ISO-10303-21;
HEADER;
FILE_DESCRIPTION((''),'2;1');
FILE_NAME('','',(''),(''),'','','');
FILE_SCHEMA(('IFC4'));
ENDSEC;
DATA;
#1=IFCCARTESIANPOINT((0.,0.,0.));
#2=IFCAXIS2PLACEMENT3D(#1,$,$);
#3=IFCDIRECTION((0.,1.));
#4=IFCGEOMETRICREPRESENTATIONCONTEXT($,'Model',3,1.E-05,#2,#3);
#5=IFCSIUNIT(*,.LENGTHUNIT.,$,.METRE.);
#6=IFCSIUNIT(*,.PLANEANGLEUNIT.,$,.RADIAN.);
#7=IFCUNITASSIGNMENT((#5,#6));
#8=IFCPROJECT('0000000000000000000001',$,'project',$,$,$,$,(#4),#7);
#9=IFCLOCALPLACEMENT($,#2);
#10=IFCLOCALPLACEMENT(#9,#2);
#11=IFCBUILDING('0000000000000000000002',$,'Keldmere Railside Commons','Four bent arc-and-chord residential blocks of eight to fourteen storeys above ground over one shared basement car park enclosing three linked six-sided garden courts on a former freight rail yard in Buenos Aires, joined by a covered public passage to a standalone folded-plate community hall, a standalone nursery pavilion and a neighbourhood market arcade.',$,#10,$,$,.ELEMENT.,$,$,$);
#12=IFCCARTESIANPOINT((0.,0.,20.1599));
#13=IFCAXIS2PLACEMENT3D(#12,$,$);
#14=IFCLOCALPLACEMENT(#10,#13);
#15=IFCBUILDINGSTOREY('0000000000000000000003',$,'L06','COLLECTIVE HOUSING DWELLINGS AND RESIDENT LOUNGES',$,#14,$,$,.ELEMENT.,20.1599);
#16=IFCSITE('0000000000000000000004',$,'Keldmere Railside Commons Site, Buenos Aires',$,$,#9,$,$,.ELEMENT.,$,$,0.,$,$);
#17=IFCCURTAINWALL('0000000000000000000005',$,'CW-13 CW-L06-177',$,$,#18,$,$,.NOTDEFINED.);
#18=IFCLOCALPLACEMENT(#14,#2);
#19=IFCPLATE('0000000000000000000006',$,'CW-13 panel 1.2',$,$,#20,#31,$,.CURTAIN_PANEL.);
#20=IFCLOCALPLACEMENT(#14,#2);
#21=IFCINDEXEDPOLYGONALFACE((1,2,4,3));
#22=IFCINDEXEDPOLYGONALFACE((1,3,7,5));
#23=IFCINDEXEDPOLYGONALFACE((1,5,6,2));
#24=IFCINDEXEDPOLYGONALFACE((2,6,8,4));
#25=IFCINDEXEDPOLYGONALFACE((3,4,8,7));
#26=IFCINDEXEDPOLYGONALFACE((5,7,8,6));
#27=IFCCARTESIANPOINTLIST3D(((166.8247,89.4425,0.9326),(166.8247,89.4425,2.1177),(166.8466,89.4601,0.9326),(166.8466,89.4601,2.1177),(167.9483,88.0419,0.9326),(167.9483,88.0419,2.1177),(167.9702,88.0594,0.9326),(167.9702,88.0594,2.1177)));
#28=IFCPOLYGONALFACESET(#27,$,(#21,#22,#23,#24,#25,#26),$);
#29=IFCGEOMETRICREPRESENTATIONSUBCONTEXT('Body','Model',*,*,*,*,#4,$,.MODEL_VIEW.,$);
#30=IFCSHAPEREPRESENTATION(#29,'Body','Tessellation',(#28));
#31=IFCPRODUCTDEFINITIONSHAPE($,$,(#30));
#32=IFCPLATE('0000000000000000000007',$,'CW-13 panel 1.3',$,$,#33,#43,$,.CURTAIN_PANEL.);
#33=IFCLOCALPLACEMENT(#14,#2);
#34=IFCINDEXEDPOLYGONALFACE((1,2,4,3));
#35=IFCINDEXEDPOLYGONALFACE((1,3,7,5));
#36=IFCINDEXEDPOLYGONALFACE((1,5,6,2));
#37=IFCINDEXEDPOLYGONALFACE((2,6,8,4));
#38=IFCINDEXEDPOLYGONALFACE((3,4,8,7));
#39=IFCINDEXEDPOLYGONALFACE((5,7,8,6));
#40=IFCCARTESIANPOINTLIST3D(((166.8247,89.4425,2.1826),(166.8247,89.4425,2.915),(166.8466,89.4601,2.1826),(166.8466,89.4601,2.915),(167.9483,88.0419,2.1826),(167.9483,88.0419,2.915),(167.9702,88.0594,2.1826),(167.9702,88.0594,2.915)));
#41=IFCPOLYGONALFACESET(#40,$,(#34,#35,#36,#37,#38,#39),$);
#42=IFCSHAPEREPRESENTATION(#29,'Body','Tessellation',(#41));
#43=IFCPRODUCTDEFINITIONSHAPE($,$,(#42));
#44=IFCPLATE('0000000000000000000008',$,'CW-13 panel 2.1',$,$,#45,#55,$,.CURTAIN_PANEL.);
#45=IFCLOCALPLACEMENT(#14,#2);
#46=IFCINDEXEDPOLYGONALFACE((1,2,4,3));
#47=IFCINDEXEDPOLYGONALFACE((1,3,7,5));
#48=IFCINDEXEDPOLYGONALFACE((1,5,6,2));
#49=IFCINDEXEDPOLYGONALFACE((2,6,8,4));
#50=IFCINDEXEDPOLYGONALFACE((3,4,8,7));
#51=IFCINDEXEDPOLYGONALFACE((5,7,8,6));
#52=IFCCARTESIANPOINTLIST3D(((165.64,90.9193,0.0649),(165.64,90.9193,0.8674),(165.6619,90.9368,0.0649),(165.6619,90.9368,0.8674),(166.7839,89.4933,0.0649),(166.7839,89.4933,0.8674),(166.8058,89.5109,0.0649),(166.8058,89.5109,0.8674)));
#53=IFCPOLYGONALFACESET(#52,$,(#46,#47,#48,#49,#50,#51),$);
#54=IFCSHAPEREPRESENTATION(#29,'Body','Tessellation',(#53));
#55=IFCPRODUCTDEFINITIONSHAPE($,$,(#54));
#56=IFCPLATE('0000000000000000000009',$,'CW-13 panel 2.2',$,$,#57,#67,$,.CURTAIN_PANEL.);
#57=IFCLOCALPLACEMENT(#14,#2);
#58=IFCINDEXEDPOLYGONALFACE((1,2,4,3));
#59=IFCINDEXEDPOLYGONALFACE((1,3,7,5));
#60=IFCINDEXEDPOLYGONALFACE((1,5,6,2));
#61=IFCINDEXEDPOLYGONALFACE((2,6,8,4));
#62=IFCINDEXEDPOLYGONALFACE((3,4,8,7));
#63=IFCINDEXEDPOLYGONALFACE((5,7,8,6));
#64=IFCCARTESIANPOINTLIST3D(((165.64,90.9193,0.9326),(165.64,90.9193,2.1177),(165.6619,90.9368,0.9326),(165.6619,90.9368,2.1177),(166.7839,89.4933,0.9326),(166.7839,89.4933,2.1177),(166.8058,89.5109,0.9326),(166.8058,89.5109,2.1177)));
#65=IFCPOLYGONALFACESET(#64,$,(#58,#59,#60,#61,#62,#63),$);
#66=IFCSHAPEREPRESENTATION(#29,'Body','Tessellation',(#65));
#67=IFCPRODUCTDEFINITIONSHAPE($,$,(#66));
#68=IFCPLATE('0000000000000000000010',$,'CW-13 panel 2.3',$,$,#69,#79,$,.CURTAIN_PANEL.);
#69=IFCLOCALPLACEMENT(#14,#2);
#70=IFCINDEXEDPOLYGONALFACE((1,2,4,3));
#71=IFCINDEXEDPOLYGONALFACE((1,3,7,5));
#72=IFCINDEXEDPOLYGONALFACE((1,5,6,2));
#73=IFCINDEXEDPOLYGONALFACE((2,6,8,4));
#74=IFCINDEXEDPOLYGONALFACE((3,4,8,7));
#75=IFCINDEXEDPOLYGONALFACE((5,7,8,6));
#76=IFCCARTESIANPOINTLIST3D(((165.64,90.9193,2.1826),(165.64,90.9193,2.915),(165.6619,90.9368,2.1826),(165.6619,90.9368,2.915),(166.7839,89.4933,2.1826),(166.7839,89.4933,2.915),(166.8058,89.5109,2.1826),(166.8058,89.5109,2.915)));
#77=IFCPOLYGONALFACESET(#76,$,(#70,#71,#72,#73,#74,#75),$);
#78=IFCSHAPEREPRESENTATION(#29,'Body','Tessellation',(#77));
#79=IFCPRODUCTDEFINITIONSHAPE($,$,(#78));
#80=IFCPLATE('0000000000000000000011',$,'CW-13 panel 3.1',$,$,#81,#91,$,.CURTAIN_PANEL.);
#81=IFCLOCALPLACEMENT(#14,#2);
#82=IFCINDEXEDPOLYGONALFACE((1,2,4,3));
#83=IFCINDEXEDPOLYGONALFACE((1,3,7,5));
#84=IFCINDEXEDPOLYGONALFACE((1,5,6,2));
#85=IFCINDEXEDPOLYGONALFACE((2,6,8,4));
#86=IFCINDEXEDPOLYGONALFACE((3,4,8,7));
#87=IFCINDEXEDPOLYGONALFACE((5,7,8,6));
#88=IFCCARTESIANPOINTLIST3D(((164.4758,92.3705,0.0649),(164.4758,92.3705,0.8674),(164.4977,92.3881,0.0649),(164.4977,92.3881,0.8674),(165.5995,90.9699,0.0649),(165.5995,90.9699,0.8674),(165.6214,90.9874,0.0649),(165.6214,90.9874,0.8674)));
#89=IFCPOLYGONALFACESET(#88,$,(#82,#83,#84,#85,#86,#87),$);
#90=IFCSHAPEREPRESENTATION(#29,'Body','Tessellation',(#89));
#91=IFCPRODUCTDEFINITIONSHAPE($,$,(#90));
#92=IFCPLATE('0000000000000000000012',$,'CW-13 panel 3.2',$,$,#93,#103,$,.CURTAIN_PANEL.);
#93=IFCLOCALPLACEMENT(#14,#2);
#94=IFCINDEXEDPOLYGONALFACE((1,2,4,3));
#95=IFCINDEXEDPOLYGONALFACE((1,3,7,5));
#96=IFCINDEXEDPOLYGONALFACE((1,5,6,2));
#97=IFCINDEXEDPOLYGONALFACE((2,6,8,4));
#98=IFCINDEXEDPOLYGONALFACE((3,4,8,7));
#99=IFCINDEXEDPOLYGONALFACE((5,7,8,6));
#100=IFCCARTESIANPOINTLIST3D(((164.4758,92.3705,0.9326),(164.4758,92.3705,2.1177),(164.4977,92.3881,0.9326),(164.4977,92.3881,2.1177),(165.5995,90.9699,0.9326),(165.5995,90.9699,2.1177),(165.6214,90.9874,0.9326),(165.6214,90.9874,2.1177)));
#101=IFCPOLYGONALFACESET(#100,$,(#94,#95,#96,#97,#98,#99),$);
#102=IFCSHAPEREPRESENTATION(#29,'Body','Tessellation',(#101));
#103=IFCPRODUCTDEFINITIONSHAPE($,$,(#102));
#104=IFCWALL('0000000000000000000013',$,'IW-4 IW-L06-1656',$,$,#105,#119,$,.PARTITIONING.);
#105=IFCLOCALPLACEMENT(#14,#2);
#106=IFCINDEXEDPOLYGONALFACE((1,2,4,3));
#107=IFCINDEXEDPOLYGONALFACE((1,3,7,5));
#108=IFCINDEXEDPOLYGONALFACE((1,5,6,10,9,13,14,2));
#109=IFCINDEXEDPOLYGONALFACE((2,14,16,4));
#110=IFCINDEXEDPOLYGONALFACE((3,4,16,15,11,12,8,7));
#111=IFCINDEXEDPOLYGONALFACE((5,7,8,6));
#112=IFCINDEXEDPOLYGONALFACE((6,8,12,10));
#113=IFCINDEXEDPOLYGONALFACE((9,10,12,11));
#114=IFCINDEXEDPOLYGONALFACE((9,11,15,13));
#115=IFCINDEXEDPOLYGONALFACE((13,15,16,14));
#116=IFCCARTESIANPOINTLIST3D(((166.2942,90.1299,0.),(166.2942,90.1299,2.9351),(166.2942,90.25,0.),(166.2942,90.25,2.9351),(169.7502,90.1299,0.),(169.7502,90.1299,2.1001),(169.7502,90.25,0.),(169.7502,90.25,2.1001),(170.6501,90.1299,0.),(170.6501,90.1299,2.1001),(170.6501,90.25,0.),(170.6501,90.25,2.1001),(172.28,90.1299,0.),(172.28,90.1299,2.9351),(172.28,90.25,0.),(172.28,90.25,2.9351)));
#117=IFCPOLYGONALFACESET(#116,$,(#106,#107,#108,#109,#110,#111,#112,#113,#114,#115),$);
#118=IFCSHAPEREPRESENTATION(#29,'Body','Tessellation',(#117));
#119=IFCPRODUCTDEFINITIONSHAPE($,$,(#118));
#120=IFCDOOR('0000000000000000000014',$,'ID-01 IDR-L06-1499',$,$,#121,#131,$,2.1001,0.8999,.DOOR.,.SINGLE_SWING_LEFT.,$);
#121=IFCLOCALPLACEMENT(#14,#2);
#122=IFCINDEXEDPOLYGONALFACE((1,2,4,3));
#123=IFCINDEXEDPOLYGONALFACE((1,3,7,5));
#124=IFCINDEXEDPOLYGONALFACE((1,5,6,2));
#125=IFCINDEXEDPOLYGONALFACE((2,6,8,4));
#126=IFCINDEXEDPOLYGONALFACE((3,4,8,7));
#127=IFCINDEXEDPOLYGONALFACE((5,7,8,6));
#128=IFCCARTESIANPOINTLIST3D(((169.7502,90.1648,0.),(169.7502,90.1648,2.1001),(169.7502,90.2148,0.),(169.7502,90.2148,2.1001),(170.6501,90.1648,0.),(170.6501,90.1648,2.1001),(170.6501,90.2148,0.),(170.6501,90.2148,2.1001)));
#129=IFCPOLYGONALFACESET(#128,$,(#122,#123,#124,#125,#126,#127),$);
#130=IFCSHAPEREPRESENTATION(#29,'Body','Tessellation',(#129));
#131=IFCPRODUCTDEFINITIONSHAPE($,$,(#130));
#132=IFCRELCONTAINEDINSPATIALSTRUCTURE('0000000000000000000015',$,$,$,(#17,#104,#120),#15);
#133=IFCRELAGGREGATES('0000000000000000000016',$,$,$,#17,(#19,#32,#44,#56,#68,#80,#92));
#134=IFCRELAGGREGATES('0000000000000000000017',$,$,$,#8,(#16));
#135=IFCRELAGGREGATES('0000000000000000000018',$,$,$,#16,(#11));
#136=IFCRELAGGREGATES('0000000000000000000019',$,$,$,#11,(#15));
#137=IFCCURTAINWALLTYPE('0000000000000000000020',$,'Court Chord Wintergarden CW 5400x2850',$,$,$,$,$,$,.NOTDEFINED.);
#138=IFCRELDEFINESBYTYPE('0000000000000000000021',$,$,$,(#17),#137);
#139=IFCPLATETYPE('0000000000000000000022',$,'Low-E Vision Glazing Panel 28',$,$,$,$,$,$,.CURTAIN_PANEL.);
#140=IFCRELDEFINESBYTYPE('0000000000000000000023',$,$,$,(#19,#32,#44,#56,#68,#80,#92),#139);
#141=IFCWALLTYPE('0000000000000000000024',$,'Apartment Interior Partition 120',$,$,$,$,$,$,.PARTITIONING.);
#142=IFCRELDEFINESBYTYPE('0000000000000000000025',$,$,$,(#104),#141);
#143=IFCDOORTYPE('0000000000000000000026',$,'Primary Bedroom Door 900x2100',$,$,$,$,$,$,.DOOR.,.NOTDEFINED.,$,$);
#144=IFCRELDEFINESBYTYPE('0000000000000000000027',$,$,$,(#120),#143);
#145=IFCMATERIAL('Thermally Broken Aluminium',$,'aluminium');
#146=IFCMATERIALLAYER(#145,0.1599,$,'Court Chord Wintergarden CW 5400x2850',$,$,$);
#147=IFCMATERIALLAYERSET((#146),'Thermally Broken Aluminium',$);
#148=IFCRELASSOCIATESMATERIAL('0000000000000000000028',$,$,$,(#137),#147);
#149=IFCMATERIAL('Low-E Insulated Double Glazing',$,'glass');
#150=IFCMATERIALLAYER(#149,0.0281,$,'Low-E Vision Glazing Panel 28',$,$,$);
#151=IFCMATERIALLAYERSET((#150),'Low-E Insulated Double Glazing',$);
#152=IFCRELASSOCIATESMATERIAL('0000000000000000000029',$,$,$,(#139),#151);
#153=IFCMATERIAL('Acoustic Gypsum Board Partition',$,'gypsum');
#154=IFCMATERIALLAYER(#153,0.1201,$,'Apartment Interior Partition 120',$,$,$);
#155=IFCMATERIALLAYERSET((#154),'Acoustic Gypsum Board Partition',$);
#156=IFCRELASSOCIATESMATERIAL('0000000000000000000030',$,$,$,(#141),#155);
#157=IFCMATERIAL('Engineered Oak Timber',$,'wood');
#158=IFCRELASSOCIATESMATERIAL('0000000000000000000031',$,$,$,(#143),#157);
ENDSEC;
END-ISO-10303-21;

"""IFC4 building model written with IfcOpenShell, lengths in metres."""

from ifc_helpers import new_model, si_unit, direction, frame, frame_2d, origin, origin_2d, place, context, subcontext, project, spatial, rectangle, extrude, material, layer, layer_set, type_object, element, fill, aggregate, save


model = new_model("IFC4")

# Units and contexts
model_context = context("Model", 3, precision=1e-05, world=origin(), true_north=direction((0.0, 1.0)))
body_context = subcontext(model_context, "Body", "Model", "MODEL_VIEW")
ifc_project = project(units=[si_unit("LENGTHUNIT", "METRE"), si_unit("PLANEANGLEUNIT", "RADIAN")], contexts=[model_context])

# Site, building, storey
site_placement = place(None, origin())
site = spatial("IfcSite", under=ifc_project, at=site_placement, Name="Keldmere Railside Commons Site, Buenos Aires", CompositionType="ELEMENT", RefElevation=0.0)
building_placement = place(site_placement, origin())
building = spatial("IfcBuilding", under=site, at=building_placement, Name="Keldmere Railside Commons", Description="Four bent arc-and-chord residential blocks of eight to fourteen storeys above ground over one shared basement car park enclosing three linked six-sided garden courts on a former freight rail yard in Buenos Aires, joined by a covered public passage to a standalone folded-plate community hall, a standalone nursery pavilion and a neighbourhood market arcade.", CompositionType="ELEMENT")
storey_placement = place(building_placement, frame((0.0, 0.0, 20.1599)))
storey = spatial("IfcBuildingStorey", under=building, at=storey_placement, Name="L06", Description="COLLECTIVE HOUSING DWELLINGS AND RESIDENT LOUNGES", CompositionType="ELEMENT", Elevation=20.1599)

# Curtain wall, plates
ifc_material_1 = material(Name="Thermally Broken Aluminium", Category="aluminium")
ifc_layer_1 = layer(ifc_material_1, 0.1599, Name="Court Chord Wintergarden CW 5400x2850")
ifc_layer_set_1 = layer_set([ifc_layer_1], Name="Thermally Broken Aluminium")
curtain_wall_type = type_object("IfcCurtainWallType", Name="Court Chord Wintergarden CW 5400x2850", PredefinedType="NOTDEFINED", material=ifc_layer_set_1)
curtain_wall_placement = place(storey_placement, origin())
curtain_wall = element("IfcCurtainWall", 1, at=curtain_wall_placement, inside=storey, type_object=curtain_wall_type, Name="CW-13 CW-L06-177", PredefinedType="NOTDEFINED")
ifc_material_2 = material(Name="Low-E Insulated Double Glazing", Category="glass")
ifc_layer_2 = layer(ifc_material_2, 0.0281, Name="Low-E Vision Glazing Panel 28")
ifc_layer_set_2 = layer_set([ifc_layer_2], Name="Low-E Insulated Double Glazing")
plate_type = type_object("IfcPlateType", Name="Low-E Vision Glazing Panel 28", PredefinedType="CURTAIN_PANEL", material=ifc_layer_set_2)
plate_1_placement = place(storey_placement, frame((167.3975, 88.751, 0.9326), z_axis=(0.0, 0.0, 1.0), x_axis=(-0.625768, 0.780009, 0.0)))
plate_1 = element("IfcPlate", 2, at=plate_1_placement, type_object=plate_type, Name="CW-13 panel 1.2", PredefinedType="CURTAIN_PANEL", context=body_context, shape_type="SweptSolid", body=[
    extrude(rectangle(XDim=1.7957, YDim=0.0281, at=origin_2d()), origin(), (0.0, 0.0, 1.0), 1.1851),
])
plate_2_placement = place(storey_placement, frame((167.3975, 88.751, 2.1826), z_axis=(0.0, 0.0, 1.0), x_axis=(-0.625768, 0.780009, 0.0)))
plate_2 = element("IfcPlate", 3, at=plate_2_placement, type_object=plate_type, Name="CW-13 panel 1.3", PredefinedType="CURTAIN_PANEL", context=body_context, shape_type="SweptSolid", body=[
    extrude(rectangle(XDim=1.7957, YDim=0.0281, at=origin_2d()), origin(), (0.0, 0.0, 1.0), 0.7324),
])
plate_3_placement = place(storey_placement, frame((166.2229, 90.2151, 0.0649), z_axis=(0.0, 0.0, 1.0), x_axis=(-0.625768, 0.780009, 0.0)))
plate_3 = element("IfcPlate", 4, at=plate_3_placement, type_object=plate_type, Name="CW-13 panel 2.1", PredefinedType="CURTAIN_PANEL", context=body_context, shape_type="SweptSolid", body=[
    extrude(rectangle(XDim=1.8281, YDim=0.0281, at=origin_2d()), origin(), (0.0, 0.0, 1.0), 0.8025),
])
plate_4_placement = place(storey_placement, frame((166.2229, 90.2151, 0.9326), z_axis=(0.0, 0.0, 1.0), x_axis=(-0.625768, 0.780009, 0.0)))
plate_4 = element("IfcPlate", 5, at=plate_4_placement, type_object=plate_type, Name="CW-13 panel 2.2", PredefinedType="CURTAIN_PANEL", context=body_context, shape_type="SweptSolid", body=[
    extrude(rectangle(XDim=1.8281, YDim=0.0281, at=origin_2d()), origin(), (0.0, 0.0, 1.0), 1.1851),
])
plate_5_placement = place(storey_placement, frame((166.2229, 90.2151, 2.1826), z_axis=(0.0, 0.0, 1.0), x_axis=(-0.625768, 0.780009, 0.0)))
plate_5 = element("IfcPlate", 6, at=plate_5_placement, type_object=plate_type, Name="CW-13 panel 2.3", PredefinedType="CURTAIN_PANEL", context=body_context, shape_type="SweptSolid", body=[
    extrude(rectangle(XDim=1.8281, YDim=0.0281, at=origin_2d()), origin(), (0.0, 0.0, 1.0), 0.7324),
])
plate_6_placement = place(storey_placement, frame((165.0486, 91.679, 0.0649), z_axis=(0.0, 0.0, 1.0), x_axis=(-0.625768, 0.780009, 0.0)))
plate_6 = element("IfcPlate", 7, at=plate_6_placement, type_object=plate_type, Name="CW-13 panel 3.1", PredefinedType="CURTAIN_PANEL", context=body_context, shape_type="SweptSolid", body=[
    extrude(rectangle(XDim=1.7957, YDim=0.0281, at=origin_2d()), origin(), (0.0, 0.0, 1.0), 0.8025),
])
plate_7_placement = place(storey_placement, frame((165.0486, 91.679, 0.9326), z_axis=(0.0, 0.0, 1.0), x_axis=(-0.625768, 0.780009, 0.0)))
plate_7 = element("IfcPlate", 8, at=plate_7_placement, type_object=plate_type, Name="CW-13 panel 3.2", PredefinedType="CURTAIN_PANEL", context=body_context, shape_type="SweptSolid", body=[
    extrude(rectangle(XDim=1.7957, YDim=0.0281, at=origin_2d()), origin(), (0.0, 0.0, 1.0), 1.1851),
])
aggregate(curtain_wall, [plate_1, plate_2, plate_3, plate_4, plate_5, plate_6, plate_7])

# Wall, opening, door
ifc_material_3 = material(Name="Acoustic Gypsum Board Partition", Category="gypsum")
ifc_layer_3 = layer(ifc_material_3, 0.1201, Name="Apartment Interior Partition 120")
ifc_layer_set_3 = layer_set([ifc_layer_3], Name="Acoustic Gypsum Board Partition")
wall_type = type_object("IfcWallType", Name="Apartment Interior Partition 120", PredefinedType="PARTITIONING", material=ifc_layer_set_3)
wall_placement = place(storey_placement, frame((166.2942, 90.1899, 0.0), z_axis=(0.0, 0.0, 1.0), x_axis=(1.0, 0.0, 0.0)))
wall = element("IfcWall", 9, at=wall_placement, inside=storey, type_object=wall_type, Name="IW-4 IW-L06-1656", PredefinedType="PARTITIONING", context=body_context, shape_type="SweptSolid", body=[
    extrude(rectangle(XDim=5.9858, YDim=0.1201, at=frame_2d((2.9929, 0.0))), origin(), (0.0, 0.0, 1.0), 2.9351),
])
opening_placement = place(wall_placement, frame((3.4561, 0.0, 0.0)))
opening = element("IfcOpeningElement", 10, at=opening_placement, cuts=wall, PredefinedType="OPENING", context=body_context, shape_type="SweptSolid", body=[
    extrude(rectangle(XDim=0.8999, YDim=2.1001, at=frame_2d((0.45, 1.05))), frame((0.0, 0.0701, 0.0), z_axis=(0.0, -1.0, 0.0), x_axis=(1.0, 0.0, 0.0)), (0.0, 0.0, 1.0), 0.1401),
])
ifc_material_4 = material(Name="Engineered Oak Timber", Category="wood")
door_type = type_object("IfcDoorType", Name="Primary Bedroom Door 900x2100", OperationType="NOTDEFINED", PredefinedType="DOOR", material=ifc_material_4)
door_placement = place(opening_placement, origin())
door = element("IfcDoor", 11, at=door_placement, inside=storey, type_object=door_type, Name="ID-01 IDR-L06-1499", OperationType="SINGLE_SWING_LEFT", OverallHeight=2.1001, OverallWidth=0.8999, PredefinedType="DOOR", context=body_context, shape_type="SweptSolid", body=[
    extrude(rectangle(XDim=0.8999, YDim=2.1001, at=frame_2d((0.45, 1.05))), frame((0.0, 0.0249, 0.0), z_axis=(0.0, -1.0, 0.0), x_axis=(1.0, 0.0, 0.0)), (0.0, 0.0, 1.0), 0.05),
])
fill(opening, door)

save(model, "model.ifc")
